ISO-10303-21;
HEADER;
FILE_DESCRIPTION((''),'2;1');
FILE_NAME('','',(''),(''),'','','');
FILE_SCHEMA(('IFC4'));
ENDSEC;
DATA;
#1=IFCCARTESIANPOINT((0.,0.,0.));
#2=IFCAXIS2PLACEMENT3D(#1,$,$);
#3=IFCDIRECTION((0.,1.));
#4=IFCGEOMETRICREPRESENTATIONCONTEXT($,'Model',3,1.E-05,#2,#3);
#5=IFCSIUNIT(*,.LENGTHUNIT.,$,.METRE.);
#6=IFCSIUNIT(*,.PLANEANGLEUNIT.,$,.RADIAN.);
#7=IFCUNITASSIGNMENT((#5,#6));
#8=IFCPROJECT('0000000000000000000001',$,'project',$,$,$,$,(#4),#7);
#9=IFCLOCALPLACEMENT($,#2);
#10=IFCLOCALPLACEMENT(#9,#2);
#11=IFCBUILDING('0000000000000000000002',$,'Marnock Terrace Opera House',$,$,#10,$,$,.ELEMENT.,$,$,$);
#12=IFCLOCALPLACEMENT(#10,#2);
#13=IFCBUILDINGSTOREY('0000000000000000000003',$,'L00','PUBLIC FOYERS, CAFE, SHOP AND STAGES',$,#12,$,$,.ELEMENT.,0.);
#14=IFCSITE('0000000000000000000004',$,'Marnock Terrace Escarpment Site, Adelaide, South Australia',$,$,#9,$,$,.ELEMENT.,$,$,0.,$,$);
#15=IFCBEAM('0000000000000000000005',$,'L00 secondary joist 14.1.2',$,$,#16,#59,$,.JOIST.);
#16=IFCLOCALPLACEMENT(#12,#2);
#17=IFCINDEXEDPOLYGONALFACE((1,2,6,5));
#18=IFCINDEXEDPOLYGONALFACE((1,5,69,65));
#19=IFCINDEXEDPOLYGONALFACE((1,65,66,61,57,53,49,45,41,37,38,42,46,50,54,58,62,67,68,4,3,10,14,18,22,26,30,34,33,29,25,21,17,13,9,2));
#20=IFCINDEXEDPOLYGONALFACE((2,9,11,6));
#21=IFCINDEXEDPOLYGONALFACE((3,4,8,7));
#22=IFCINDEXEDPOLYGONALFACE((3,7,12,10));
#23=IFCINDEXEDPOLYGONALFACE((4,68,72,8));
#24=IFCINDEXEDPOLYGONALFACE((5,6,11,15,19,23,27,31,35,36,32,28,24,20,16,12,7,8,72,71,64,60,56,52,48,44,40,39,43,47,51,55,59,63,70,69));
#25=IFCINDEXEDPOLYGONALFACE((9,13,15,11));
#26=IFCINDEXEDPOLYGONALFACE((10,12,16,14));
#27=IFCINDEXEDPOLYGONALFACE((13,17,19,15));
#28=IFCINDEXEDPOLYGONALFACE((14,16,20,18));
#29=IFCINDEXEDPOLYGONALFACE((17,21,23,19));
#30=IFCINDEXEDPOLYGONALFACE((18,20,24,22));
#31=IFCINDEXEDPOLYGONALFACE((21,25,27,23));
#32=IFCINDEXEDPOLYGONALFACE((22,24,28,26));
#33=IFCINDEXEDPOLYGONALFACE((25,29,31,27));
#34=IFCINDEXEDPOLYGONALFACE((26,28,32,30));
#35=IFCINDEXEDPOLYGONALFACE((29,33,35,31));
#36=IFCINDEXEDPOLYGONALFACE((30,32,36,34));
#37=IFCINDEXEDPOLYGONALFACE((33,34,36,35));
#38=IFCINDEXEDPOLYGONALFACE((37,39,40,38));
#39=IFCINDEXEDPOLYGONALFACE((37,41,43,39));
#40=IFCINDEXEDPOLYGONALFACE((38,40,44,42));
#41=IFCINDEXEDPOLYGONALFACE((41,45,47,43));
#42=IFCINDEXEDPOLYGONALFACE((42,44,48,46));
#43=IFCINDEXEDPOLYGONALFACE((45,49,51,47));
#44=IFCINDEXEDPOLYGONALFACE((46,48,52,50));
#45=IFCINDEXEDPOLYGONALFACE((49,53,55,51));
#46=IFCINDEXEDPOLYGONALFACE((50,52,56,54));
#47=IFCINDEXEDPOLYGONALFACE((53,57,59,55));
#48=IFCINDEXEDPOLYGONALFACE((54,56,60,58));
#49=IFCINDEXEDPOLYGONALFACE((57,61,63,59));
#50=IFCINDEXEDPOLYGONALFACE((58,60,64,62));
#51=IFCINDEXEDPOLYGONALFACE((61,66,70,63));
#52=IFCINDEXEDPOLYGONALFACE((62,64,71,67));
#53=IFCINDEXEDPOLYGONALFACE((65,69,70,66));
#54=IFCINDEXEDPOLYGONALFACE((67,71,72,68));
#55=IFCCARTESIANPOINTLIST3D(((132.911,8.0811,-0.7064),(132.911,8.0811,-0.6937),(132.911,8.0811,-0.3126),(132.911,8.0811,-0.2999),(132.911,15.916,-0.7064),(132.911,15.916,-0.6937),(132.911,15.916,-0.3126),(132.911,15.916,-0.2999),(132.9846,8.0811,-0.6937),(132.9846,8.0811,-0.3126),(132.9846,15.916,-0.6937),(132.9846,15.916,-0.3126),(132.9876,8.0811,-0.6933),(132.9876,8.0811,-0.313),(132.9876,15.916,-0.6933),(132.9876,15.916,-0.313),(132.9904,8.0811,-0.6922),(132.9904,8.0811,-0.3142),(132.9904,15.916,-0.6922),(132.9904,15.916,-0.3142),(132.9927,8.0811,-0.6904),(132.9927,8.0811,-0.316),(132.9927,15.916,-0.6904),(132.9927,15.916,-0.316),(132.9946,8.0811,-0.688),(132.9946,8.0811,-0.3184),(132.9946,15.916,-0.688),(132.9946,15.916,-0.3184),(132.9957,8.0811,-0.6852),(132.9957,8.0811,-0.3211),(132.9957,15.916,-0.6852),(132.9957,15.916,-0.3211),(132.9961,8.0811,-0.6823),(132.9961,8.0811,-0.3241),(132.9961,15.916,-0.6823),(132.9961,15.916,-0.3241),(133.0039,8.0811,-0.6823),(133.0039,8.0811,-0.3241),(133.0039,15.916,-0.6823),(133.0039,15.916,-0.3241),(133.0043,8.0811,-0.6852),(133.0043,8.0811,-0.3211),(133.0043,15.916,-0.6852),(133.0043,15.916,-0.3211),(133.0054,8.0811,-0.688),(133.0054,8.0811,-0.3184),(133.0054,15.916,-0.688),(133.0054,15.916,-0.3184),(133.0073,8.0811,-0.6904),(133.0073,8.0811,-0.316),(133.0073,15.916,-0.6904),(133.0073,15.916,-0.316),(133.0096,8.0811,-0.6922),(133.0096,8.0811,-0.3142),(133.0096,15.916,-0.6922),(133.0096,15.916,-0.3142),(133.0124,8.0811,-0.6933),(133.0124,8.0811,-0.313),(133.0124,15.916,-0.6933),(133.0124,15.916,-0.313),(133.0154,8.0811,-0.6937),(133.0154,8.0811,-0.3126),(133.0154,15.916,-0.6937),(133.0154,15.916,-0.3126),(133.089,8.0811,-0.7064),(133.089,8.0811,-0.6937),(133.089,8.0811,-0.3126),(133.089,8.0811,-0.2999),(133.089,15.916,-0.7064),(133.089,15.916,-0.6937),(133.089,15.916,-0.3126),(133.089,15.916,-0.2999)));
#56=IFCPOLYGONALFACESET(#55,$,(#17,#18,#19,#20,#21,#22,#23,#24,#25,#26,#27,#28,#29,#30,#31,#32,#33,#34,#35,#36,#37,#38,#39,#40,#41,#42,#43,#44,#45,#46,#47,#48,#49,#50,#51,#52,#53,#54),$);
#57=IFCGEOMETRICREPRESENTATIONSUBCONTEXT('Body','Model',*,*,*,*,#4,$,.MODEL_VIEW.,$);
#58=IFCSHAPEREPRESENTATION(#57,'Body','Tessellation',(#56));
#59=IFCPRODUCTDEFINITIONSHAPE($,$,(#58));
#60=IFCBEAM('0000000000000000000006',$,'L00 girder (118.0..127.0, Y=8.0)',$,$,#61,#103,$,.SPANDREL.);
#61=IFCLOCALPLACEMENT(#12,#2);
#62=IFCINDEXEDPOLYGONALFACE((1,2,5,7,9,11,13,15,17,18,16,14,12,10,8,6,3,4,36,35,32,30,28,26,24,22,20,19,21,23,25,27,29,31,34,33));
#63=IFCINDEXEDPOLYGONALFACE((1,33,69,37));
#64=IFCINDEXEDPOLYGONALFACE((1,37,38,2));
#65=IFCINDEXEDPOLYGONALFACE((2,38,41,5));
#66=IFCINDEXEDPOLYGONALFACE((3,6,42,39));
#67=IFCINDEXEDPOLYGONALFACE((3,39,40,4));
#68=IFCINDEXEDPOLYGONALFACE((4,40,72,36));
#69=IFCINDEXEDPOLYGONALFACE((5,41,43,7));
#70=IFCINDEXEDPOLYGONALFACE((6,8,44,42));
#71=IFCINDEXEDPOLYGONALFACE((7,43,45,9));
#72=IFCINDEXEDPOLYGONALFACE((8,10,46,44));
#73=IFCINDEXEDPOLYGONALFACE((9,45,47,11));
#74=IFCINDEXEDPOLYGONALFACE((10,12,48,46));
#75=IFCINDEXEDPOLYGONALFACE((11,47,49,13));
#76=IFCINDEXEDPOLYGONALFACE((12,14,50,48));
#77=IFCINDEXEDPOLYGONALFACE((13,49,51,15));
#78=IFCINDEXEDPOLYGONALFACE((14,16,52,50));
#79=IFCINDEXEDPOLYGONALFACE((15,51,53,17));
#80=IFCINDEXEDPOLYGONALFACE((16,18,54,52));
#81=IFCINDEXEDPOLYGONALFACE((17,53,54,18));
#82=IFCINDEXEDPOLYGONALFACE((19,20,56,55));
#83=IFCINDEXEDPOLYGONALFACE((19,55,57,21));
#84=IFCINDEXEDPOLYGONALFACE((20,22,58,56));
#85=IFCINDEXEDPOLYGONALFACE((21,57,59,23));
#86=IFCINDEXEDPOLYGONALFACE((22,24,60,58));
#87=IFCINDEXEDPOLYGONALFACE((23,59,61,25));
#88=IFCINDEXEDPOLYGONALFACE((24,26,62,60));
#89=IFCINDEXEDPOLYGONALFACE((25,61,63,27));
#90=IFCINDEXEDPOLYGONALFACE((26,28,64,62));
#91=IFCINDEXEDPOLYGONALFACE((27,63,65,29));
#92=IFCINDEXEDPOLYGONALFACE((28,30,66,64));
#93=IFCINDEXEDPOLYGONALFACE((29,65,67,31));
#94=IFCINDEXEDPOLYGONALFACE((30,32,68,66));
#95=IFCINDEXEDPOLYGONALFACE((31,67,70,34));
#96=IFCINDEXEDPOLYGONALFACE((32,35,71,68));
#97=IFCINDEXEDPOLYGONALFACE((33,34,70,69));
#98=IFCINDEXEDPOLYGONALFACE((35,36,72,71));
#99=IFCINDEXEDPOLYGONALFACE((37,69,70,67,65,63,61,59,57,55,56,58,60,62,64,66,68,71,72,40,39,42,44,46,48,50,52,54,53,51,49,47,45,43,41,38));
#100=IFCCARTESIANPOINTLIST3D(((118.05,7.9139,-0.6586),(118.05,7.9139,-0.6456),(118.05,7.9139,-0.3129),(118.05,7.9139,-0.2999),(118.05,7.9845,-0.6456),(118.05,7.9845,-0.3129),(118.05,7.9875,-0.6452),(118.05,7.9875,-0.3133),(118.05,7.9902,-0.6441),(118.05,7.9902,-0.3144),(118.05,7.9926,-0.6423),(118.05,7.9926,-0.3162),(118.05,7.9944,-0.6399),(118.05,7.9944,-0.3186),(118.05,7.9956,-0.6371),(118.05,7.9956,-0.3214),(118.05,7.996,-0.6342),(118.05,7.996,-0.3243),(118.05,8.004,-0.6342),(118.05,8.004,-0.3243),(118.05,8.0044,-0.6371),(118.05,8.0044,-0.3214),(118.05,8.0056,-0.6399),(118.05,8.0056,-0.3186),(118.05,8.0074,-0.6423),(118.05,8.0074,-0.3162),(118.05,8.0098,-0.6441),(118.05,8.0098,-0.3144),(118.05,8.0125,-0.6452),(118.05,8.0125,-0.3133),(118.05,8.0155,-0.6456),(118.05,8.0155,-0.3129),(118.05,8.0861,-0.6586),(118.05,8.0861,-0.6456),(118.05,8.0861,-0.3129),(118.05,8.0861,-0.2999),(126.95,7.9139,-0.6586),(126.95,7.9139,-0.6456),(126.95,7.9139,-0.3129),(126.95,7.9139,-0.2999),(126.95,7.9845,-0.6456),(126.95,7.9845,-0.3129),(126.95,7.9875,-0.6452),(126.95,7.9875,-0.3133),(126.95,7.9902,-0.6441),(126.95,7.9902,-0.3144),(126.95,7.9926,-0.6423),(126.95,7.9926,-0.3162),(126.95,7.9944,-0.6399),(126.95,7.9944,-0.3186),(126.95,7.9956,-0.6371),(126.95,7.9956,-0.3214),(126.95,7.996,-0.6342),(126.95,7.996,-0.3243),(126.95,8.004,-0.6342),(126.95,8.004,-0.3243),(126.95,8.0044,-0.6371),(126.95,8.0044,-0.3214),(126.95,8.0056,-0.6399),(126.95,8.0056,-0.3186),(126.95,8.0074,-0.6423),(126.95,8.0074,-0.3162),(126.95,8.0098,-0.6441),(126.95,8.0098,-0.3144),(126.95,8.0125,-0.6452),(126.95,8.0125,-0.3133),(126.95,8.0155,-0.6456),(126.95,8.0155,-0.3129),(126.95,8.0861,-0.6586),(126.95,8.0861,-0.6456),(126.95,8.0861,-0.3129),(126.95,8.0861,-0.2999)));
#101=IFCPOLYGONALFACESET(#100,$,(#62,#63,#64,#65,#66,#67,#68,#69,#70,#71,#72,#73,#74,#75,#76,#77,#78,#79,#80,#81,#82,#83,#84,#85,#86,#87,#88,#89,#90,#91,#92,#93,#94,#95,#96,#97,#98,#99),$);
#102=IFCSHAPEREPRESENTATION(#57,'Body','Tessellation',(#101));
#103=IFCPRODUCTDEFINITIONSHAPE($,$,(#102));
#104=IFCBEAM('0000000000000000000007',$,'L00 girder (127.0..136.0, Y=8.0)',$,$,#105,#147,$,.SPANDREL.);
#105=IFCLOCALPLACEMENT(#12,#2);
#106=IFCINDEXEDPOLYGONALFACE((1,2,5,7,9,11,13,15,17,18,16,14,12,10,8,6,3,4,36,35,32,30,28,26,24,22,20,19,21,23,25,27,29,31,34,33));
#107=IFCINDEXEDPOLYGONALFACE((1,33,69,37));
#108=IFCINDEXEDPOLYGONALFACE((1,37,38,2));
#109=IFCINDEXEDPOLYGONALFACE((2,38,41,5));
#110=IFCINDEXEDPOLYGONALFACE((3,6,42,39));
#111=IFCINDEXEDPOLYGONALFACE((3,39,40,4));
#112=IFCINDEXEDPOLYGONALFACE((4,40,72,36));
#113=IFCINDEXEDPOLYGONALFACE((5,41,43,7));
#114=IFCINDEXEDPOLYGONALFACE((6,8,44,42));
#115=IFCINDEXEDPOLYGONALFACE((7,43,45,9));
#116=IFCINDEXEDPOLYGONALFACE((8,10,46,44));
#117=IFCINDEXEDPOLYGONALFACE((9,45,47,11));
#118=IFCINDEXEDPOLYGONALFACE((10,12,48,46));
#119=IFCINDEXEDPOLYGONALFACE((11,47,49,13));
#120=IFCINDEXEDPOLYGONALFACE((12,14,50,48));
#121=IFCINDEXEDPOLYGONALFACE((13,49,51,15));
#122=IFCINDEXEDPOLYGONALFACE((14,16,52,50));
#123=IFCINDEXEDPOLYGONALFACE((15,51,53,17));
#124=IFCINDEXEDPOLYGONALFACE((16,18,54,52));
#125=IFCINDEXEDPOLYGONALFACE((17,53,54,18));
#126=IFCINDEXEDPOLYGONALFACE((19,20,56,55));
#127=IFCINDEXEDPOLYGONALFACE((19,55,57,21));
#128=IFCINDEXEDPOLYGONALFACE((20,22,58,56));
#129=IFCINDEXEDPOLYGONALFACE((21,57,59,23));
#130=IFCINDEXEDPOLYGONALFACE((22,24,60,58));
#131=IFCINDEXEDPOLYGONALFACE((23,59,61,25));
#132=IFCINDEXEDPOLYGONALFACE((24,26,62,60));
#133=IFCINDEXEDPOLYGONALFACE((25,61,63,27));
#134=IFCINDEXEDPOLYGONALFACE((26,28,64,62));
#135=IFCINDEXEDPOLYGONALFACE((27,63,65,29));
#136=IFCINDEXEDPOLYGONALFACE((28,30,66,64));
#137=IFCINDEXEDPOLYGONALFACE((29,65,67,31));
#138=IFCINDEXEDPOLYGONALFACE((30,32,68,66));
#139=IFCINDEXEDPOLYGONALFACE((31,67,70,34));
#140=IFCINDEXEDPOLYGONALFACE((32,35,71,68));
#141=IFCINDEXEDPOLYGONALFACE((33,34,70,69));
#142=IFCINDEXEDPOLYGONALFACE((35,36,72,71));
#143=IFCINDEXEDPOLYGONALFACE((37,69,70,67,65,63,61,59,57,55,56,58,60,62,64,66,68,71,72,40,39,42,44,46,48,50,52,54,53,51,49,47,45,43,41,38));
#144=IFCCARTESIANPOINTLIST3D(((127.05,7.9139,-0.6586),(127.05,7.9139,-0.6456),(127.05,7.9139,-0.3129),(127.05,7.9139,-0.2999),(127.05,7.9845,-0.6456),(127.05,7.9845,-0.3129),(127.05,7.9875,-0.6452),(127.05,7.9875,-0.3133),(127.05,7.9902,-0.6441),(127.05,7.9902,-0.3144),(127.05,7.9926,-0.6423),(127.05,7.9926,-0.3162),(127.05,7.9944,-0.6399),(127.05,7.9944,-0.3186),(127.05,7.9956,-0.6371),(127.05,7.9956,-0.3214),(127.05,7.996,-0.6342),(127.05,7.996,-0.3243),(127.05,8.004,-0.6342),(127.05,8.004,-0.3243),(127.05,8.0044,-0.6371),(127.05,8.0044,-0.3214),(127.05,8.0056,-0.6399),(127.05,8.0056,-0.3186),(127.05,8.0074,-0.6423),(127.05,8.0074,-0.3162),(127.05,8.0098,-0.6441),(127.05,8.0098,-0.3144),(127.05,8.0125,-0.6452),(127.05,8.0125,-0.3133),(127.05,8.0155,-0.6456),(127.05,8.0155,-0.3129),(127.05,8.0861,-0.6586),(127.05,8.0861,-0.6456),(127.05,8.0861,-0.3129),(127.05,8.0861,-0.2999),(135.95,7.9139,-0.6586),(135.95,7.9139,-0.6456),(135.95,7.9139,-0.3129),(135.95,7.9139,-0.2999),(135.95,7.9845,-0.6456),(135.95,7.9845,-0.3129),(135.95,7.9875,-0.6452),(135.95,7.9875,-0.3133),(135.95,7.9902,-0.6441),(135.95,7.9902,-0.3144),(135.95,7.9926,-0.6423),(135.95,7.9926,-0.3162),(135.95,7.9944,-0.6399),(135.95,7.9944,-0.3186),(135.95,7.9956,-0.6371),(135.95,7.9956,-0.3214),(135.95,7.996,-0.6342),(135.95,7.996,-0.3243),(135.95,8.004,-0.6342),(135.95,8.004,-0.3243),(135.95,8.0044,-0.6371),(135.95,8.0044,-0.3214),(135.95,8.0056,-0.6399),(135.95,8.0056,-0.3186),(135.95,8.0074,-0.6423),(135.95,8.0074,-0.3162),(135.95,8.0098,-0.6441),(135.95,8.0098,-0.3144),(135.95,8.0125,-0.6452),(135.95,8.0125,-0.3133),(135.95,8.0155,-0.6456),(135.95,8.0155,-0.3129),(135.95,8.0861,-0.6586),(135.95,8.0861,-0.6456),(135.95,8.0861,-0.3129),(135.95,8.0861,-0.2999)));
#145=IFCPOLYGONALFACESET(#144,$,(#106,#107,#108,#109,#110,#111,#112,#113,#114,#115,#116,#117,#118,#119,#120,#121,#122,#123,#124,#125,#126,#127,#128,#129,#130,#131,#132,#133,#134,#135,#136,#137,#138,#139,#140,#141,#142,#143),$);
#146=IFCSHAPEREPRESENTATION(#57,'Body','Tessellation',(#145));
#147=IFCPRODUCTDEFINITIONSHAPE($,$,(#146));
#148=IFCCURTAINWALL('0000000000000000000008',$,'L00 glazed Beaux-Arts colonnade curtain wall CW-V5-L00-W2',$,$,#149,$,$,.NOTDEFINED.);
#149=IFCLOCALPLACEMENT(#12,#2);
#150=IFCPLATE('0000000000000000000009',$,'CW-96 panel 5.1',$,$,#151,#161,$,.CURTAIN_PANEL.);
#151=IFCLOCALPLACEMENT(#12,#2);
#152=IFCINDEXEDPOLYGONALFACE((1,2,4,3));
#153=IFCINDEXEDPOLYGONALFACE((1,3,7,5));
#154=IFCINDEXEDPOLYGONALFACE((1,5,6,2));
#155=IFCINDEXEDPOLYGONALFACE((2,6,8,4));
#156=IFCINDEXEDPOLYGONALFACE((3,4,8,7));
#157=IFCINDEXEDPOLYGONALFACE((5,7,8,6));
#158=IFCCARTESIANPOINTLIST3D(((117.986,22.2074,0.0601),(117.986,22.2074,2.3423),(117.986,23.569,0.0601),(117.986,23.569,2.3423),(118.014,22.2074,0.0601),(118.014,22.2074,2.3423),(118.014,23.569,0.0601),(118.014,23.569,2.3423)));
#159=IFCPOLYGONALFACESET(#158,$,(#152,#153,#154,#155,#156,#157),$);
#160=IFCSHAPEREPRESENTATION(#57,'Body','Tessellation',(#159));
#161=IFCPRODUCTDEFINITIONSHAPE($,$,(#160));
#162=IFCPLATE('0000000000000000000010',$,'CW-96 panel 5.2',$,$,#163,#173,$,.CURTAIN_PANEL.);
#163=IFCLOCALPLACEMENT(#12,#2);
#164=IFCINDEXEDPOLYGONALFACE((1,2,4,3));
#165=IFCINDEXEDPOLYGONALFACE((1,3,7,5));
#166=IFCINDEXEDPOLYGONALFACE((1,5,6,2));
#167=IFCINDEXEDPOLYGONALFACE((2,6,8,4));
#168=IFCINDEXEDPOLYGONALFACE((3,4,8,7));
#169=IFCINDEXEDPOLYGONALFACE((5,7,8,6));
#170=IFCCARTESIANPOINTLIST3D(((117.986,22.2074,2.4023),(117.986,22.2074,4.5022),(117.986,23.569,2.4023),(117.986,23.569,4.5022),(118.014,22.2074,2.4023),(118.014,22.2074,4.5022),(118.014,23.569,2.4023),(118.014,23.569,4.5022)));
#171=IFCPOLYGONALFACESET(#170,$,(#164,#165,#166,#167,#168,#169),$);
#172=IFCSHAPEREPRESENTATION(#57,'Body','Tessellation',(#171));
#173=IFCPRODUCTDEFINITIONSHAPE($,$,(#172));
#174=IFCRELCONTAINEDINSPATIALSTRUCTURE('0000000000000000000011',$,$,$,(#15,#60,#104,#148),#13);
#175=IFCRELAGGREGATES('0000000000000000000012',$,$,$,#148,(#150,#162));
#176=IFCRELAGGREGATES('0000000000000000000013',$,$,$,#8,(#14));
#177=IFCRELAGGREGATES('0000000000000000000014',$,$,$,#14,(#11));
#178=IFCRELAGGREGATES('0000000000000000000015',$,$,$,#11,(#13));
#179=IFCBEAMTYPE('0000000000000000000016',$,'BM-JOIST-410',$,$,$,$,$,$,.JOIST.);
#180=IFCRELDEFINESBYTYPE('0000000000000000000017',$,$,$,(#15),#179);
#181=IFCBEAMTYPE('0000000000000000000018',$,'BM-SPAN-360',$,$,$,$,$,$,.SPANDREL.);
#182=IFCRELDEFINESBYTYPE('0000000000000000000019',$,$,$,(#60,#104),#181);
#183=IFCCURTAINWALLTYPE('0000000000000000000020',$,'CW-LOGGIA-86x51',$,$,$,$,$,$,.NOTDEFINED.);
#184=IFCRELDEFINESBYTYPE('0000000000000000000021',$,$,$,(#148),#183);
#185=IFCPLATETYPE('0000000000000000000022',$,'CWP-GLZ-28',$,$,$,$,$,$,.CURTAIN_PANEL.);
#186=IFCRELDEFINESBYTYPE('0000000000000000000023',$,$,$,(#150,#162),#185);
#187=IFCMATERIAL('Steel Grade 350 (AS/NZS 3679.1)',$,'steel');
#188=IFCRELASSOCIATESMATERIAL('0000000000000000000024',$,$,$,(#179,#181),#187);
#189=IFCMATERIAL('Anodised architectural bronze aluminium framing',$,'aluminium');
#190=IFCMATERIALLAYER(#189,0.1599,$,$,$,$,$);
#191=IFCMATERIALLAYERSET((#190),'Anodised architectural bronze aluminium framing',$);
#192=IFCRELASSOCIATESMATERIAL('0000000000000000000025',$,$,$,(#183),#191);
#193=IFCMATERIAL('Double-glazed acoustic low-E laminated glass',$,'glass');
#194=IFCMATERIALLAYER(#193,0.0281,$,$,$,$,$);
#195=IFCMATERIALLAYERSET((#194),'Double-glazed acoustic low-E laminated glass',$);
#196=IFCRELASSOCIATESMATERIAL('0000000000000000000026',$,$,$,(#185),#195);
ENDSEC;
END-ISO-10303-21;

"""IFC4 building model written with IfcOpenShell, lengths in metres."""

from ifc_helpers import new_model, si_unit, direction, frame, origin, origin_2d, place, context, subcontext, project, spatial, rectangle, i_section, extrude, material, layer, layer_set, material_profile, profile_set, type_object, element, aggregate, save


model = new_model("IFC4")

# Units and contexts
model_context = context("Model", 3, precision=1e-05, world=origin(), true_north=direction((0.0, 1.0)))
body_context = subcontext(model_context, "Body", "Model", "MODEL_VIEW")
ifc_project = project(units=[si_unit("LENGTHUNIT", "METRE"), si_unit("PLANEANGLEUNIT", "RADIAN")], contexts=[model_context])

# Site, building, storey
site_placement = place(None, origin())
site = spatial("IfcSite", under=ifc_project, at=site_placement, Name="Marnock Terrace Escarpment Site, Adelaide, South Australia", CompositionType="ELEMENT", RefElevation=0.0)
building_placement = place(site_placement, origin())
building = spatial("IfcBuilding", under=site, at=building_placement, Name="Marnock Terrace Opera House", CompositionType="ELEMENT")
storey_placement = place(building_placement, origin())
storey = spatial("IfcBuildingStorey", under=building, at=storey_placement, Name="L00", Description="PUBLIC FOYERS, CAFE, SHOP AND STAGES", CompositionType="ELEMENT", Elevation=0.0)

# Beams
ifc_material_1 = material(Name="Steel Grade 350 (AS/NZS 3679.1)", Category="steel")
ifc_material_profile_1 = material_profile(ifc_material_1, i_section(OverallWidth=0.178, OverallDepth=0.4065, WebThickness=0.0078, FlangeThickness=0.0127, FilletRadius=0.0115, at=origin_2d()))
ifc_profile_set_1 = profile_set([ifc_material_profile_1], Name="Steel Grade 350 (AS/NZS 3679.1)")
beam_type_1 = type_object("IfcBeamType", Name="BM-JOIST-410", PredefinedType="JOIST", material=ifc_profile_set_1)
for number, where, z_axis, x_axis, name in (
    (1, (133.0, 8.0811, -0.5032), (0.0, 1.0, 0.0), (-1.0, 0.0, 0.0), "L00 secondary joist 14.1.2"),
):
    element("IfcBeam", number, at=place(storey_placement, frame(where, z_axis=z_axis, x_axis=x_axis)), inside=storey, type_object=beam_type_1, Name=name, PredefinedType="JOIST", context=body_context, shape_type="SweptSolid", body=[
        extrude(i_section(OverallWidth=0.178, OverallDepth=0.4065, WebThickness=0.0078, FlangeThickness=0.0127, FilletRadius=0.0115, at=origin_2d()), origin(), (0.0, 0.0, 1.0), 7.835),
    ])
ifc_material_profile_2 = material_profile(ifc_material_1, i_section(OverallWidth=0.1721, OverallDepth=0.3586, WebThickness=0.0081, FlangeThickness=0.0129, FilletRadius=0.0115, at=origin_2d()))
ifc_profile_set_2 = profile_set([ifc_material_profile_2], Name="Steel Grade 350 (AS/NZS 3679.1)")
beam_type_2 = type_object("IfcBeamType", Name="BM-SPAN-360", PredefinedType="SPANDREL", material=ifc_profile_set_2)
for number, where, z_axis, x_axis, name in (
    (2, (118.05, 8.0, -0.4792), (1.0, 0.0, 0.0), (0.0, 1.0, 0.0), "L00 girder (118.0..127.0, Y=8.0)"),
    (3, (127.05, 8.0, -0.4792), (1.0, 0.0, 0.0), (0.0, 1.0, 0.0), "L00 girder (127.0..136.0, Y=8.0)"),
):
    element("IfcBeam", number, at=place(storey_placement, frame(where, z_axis=z_axis, x_axis=x_axis)), inside=storey, type_object=beam_type_2, Name=name, PredefinedType="SPANDREL", context=body_context, shape_type="SweptSolid", body=[
        extrude(i_section(OverallWidth=0.1721, OverallDepth=0.3586, WebThickness=0.0081, FlangeThickness=0.0129, FilletRadius=0.0115, at=origin_2d()), origin(), (0.0, 0.0, 1.0), 8.8999),
    ])

# Curtain wall, plates
ifc_material_2 = material(Name="Anodised architectural bronze aluminium framing", Category="aluminium")
ifc_layer_1 = layer(ifc_material_2, 0.1599)
ifc_layer_set_1 = layer_set([ifc_layer_1], Name="Anodised architectural bronze aluminium framing")
curtain_wall_type = type_object("IfcCurtainWallType", Name="CW-LOGGIA-86x51", PredefinedType="NOTDEFINED", material=ifc_layer_set_1)
curtain_wall_placement = place(storey_placement, origin())
curtain_wall = element("IfcCurtainWall", 4, at=curtain_wall_placement, inside=storey, type_object=curtain_wall_type, Name="L00 glazed Beaux-Arts colonnade curtain wall CW-V5-L00-W2", PredefinedType="NOTDEFINED")
ifc_material_3 = material(Name="Double-glazed acoustic low-E laminated glass", Category="glass")
ifc_layer_2 = layer(ifc_material_3, 0.0281)
ifc_layer_set_2 = layer_set([ifc_layer_2], Name="Double-glazed acoustic low-E laminated glass")
plate_type = type_object("IfcPlateType", Name="CWP-GLZ-28", PredefinedType="CURTAIN_PANEL", material=ifc_layer_set_2)
plate_1_placement = place(storey_placement, frame((118.0, 22.8882, 0.0601), z_axis=(0.0, 0.0, 1.0), x_axis=(0.0, 1.0, 0.0)))
plate_1 = element("IfcPlate", 5, at=plate_1_placement, type_object=plate_type, Name="CW-96 panel 5.1", PredefinedType="CURTAIN_PANEL", context=body_context, shape_type="SweptSolid", body=[
    extrude(rectangle(XDim=1.3616, YDim=0.0281, at=origin_2d()), origin(), (0.0, 0.0, 1.0), 2.2822),
])
plate_2_placement = place(storey_placement, frame((118.0, 22.8882, 2.4023), z_axis=(0.0, 0.0, 1.0), x_axis=(0.0, 1.0, 0.0)))
plate_2 = element("IfcPlate", 6, at=plate_2_placement, type_object=plate_type, Name="CW-96 panel 5.2", PredefinedType="CURTAIN_PANEL", context=body_context, shape_type="SweptSolid", body=[
    extrude(rectangle(XDim=1.3616, YDim=0.0281, at=origin_2d()), origin(), (0.0, 0.0, 1.0), 2.0999),
])
aggregate(curtain_wall, [plate_1, plate_2])

save(model, "model.ifc")
